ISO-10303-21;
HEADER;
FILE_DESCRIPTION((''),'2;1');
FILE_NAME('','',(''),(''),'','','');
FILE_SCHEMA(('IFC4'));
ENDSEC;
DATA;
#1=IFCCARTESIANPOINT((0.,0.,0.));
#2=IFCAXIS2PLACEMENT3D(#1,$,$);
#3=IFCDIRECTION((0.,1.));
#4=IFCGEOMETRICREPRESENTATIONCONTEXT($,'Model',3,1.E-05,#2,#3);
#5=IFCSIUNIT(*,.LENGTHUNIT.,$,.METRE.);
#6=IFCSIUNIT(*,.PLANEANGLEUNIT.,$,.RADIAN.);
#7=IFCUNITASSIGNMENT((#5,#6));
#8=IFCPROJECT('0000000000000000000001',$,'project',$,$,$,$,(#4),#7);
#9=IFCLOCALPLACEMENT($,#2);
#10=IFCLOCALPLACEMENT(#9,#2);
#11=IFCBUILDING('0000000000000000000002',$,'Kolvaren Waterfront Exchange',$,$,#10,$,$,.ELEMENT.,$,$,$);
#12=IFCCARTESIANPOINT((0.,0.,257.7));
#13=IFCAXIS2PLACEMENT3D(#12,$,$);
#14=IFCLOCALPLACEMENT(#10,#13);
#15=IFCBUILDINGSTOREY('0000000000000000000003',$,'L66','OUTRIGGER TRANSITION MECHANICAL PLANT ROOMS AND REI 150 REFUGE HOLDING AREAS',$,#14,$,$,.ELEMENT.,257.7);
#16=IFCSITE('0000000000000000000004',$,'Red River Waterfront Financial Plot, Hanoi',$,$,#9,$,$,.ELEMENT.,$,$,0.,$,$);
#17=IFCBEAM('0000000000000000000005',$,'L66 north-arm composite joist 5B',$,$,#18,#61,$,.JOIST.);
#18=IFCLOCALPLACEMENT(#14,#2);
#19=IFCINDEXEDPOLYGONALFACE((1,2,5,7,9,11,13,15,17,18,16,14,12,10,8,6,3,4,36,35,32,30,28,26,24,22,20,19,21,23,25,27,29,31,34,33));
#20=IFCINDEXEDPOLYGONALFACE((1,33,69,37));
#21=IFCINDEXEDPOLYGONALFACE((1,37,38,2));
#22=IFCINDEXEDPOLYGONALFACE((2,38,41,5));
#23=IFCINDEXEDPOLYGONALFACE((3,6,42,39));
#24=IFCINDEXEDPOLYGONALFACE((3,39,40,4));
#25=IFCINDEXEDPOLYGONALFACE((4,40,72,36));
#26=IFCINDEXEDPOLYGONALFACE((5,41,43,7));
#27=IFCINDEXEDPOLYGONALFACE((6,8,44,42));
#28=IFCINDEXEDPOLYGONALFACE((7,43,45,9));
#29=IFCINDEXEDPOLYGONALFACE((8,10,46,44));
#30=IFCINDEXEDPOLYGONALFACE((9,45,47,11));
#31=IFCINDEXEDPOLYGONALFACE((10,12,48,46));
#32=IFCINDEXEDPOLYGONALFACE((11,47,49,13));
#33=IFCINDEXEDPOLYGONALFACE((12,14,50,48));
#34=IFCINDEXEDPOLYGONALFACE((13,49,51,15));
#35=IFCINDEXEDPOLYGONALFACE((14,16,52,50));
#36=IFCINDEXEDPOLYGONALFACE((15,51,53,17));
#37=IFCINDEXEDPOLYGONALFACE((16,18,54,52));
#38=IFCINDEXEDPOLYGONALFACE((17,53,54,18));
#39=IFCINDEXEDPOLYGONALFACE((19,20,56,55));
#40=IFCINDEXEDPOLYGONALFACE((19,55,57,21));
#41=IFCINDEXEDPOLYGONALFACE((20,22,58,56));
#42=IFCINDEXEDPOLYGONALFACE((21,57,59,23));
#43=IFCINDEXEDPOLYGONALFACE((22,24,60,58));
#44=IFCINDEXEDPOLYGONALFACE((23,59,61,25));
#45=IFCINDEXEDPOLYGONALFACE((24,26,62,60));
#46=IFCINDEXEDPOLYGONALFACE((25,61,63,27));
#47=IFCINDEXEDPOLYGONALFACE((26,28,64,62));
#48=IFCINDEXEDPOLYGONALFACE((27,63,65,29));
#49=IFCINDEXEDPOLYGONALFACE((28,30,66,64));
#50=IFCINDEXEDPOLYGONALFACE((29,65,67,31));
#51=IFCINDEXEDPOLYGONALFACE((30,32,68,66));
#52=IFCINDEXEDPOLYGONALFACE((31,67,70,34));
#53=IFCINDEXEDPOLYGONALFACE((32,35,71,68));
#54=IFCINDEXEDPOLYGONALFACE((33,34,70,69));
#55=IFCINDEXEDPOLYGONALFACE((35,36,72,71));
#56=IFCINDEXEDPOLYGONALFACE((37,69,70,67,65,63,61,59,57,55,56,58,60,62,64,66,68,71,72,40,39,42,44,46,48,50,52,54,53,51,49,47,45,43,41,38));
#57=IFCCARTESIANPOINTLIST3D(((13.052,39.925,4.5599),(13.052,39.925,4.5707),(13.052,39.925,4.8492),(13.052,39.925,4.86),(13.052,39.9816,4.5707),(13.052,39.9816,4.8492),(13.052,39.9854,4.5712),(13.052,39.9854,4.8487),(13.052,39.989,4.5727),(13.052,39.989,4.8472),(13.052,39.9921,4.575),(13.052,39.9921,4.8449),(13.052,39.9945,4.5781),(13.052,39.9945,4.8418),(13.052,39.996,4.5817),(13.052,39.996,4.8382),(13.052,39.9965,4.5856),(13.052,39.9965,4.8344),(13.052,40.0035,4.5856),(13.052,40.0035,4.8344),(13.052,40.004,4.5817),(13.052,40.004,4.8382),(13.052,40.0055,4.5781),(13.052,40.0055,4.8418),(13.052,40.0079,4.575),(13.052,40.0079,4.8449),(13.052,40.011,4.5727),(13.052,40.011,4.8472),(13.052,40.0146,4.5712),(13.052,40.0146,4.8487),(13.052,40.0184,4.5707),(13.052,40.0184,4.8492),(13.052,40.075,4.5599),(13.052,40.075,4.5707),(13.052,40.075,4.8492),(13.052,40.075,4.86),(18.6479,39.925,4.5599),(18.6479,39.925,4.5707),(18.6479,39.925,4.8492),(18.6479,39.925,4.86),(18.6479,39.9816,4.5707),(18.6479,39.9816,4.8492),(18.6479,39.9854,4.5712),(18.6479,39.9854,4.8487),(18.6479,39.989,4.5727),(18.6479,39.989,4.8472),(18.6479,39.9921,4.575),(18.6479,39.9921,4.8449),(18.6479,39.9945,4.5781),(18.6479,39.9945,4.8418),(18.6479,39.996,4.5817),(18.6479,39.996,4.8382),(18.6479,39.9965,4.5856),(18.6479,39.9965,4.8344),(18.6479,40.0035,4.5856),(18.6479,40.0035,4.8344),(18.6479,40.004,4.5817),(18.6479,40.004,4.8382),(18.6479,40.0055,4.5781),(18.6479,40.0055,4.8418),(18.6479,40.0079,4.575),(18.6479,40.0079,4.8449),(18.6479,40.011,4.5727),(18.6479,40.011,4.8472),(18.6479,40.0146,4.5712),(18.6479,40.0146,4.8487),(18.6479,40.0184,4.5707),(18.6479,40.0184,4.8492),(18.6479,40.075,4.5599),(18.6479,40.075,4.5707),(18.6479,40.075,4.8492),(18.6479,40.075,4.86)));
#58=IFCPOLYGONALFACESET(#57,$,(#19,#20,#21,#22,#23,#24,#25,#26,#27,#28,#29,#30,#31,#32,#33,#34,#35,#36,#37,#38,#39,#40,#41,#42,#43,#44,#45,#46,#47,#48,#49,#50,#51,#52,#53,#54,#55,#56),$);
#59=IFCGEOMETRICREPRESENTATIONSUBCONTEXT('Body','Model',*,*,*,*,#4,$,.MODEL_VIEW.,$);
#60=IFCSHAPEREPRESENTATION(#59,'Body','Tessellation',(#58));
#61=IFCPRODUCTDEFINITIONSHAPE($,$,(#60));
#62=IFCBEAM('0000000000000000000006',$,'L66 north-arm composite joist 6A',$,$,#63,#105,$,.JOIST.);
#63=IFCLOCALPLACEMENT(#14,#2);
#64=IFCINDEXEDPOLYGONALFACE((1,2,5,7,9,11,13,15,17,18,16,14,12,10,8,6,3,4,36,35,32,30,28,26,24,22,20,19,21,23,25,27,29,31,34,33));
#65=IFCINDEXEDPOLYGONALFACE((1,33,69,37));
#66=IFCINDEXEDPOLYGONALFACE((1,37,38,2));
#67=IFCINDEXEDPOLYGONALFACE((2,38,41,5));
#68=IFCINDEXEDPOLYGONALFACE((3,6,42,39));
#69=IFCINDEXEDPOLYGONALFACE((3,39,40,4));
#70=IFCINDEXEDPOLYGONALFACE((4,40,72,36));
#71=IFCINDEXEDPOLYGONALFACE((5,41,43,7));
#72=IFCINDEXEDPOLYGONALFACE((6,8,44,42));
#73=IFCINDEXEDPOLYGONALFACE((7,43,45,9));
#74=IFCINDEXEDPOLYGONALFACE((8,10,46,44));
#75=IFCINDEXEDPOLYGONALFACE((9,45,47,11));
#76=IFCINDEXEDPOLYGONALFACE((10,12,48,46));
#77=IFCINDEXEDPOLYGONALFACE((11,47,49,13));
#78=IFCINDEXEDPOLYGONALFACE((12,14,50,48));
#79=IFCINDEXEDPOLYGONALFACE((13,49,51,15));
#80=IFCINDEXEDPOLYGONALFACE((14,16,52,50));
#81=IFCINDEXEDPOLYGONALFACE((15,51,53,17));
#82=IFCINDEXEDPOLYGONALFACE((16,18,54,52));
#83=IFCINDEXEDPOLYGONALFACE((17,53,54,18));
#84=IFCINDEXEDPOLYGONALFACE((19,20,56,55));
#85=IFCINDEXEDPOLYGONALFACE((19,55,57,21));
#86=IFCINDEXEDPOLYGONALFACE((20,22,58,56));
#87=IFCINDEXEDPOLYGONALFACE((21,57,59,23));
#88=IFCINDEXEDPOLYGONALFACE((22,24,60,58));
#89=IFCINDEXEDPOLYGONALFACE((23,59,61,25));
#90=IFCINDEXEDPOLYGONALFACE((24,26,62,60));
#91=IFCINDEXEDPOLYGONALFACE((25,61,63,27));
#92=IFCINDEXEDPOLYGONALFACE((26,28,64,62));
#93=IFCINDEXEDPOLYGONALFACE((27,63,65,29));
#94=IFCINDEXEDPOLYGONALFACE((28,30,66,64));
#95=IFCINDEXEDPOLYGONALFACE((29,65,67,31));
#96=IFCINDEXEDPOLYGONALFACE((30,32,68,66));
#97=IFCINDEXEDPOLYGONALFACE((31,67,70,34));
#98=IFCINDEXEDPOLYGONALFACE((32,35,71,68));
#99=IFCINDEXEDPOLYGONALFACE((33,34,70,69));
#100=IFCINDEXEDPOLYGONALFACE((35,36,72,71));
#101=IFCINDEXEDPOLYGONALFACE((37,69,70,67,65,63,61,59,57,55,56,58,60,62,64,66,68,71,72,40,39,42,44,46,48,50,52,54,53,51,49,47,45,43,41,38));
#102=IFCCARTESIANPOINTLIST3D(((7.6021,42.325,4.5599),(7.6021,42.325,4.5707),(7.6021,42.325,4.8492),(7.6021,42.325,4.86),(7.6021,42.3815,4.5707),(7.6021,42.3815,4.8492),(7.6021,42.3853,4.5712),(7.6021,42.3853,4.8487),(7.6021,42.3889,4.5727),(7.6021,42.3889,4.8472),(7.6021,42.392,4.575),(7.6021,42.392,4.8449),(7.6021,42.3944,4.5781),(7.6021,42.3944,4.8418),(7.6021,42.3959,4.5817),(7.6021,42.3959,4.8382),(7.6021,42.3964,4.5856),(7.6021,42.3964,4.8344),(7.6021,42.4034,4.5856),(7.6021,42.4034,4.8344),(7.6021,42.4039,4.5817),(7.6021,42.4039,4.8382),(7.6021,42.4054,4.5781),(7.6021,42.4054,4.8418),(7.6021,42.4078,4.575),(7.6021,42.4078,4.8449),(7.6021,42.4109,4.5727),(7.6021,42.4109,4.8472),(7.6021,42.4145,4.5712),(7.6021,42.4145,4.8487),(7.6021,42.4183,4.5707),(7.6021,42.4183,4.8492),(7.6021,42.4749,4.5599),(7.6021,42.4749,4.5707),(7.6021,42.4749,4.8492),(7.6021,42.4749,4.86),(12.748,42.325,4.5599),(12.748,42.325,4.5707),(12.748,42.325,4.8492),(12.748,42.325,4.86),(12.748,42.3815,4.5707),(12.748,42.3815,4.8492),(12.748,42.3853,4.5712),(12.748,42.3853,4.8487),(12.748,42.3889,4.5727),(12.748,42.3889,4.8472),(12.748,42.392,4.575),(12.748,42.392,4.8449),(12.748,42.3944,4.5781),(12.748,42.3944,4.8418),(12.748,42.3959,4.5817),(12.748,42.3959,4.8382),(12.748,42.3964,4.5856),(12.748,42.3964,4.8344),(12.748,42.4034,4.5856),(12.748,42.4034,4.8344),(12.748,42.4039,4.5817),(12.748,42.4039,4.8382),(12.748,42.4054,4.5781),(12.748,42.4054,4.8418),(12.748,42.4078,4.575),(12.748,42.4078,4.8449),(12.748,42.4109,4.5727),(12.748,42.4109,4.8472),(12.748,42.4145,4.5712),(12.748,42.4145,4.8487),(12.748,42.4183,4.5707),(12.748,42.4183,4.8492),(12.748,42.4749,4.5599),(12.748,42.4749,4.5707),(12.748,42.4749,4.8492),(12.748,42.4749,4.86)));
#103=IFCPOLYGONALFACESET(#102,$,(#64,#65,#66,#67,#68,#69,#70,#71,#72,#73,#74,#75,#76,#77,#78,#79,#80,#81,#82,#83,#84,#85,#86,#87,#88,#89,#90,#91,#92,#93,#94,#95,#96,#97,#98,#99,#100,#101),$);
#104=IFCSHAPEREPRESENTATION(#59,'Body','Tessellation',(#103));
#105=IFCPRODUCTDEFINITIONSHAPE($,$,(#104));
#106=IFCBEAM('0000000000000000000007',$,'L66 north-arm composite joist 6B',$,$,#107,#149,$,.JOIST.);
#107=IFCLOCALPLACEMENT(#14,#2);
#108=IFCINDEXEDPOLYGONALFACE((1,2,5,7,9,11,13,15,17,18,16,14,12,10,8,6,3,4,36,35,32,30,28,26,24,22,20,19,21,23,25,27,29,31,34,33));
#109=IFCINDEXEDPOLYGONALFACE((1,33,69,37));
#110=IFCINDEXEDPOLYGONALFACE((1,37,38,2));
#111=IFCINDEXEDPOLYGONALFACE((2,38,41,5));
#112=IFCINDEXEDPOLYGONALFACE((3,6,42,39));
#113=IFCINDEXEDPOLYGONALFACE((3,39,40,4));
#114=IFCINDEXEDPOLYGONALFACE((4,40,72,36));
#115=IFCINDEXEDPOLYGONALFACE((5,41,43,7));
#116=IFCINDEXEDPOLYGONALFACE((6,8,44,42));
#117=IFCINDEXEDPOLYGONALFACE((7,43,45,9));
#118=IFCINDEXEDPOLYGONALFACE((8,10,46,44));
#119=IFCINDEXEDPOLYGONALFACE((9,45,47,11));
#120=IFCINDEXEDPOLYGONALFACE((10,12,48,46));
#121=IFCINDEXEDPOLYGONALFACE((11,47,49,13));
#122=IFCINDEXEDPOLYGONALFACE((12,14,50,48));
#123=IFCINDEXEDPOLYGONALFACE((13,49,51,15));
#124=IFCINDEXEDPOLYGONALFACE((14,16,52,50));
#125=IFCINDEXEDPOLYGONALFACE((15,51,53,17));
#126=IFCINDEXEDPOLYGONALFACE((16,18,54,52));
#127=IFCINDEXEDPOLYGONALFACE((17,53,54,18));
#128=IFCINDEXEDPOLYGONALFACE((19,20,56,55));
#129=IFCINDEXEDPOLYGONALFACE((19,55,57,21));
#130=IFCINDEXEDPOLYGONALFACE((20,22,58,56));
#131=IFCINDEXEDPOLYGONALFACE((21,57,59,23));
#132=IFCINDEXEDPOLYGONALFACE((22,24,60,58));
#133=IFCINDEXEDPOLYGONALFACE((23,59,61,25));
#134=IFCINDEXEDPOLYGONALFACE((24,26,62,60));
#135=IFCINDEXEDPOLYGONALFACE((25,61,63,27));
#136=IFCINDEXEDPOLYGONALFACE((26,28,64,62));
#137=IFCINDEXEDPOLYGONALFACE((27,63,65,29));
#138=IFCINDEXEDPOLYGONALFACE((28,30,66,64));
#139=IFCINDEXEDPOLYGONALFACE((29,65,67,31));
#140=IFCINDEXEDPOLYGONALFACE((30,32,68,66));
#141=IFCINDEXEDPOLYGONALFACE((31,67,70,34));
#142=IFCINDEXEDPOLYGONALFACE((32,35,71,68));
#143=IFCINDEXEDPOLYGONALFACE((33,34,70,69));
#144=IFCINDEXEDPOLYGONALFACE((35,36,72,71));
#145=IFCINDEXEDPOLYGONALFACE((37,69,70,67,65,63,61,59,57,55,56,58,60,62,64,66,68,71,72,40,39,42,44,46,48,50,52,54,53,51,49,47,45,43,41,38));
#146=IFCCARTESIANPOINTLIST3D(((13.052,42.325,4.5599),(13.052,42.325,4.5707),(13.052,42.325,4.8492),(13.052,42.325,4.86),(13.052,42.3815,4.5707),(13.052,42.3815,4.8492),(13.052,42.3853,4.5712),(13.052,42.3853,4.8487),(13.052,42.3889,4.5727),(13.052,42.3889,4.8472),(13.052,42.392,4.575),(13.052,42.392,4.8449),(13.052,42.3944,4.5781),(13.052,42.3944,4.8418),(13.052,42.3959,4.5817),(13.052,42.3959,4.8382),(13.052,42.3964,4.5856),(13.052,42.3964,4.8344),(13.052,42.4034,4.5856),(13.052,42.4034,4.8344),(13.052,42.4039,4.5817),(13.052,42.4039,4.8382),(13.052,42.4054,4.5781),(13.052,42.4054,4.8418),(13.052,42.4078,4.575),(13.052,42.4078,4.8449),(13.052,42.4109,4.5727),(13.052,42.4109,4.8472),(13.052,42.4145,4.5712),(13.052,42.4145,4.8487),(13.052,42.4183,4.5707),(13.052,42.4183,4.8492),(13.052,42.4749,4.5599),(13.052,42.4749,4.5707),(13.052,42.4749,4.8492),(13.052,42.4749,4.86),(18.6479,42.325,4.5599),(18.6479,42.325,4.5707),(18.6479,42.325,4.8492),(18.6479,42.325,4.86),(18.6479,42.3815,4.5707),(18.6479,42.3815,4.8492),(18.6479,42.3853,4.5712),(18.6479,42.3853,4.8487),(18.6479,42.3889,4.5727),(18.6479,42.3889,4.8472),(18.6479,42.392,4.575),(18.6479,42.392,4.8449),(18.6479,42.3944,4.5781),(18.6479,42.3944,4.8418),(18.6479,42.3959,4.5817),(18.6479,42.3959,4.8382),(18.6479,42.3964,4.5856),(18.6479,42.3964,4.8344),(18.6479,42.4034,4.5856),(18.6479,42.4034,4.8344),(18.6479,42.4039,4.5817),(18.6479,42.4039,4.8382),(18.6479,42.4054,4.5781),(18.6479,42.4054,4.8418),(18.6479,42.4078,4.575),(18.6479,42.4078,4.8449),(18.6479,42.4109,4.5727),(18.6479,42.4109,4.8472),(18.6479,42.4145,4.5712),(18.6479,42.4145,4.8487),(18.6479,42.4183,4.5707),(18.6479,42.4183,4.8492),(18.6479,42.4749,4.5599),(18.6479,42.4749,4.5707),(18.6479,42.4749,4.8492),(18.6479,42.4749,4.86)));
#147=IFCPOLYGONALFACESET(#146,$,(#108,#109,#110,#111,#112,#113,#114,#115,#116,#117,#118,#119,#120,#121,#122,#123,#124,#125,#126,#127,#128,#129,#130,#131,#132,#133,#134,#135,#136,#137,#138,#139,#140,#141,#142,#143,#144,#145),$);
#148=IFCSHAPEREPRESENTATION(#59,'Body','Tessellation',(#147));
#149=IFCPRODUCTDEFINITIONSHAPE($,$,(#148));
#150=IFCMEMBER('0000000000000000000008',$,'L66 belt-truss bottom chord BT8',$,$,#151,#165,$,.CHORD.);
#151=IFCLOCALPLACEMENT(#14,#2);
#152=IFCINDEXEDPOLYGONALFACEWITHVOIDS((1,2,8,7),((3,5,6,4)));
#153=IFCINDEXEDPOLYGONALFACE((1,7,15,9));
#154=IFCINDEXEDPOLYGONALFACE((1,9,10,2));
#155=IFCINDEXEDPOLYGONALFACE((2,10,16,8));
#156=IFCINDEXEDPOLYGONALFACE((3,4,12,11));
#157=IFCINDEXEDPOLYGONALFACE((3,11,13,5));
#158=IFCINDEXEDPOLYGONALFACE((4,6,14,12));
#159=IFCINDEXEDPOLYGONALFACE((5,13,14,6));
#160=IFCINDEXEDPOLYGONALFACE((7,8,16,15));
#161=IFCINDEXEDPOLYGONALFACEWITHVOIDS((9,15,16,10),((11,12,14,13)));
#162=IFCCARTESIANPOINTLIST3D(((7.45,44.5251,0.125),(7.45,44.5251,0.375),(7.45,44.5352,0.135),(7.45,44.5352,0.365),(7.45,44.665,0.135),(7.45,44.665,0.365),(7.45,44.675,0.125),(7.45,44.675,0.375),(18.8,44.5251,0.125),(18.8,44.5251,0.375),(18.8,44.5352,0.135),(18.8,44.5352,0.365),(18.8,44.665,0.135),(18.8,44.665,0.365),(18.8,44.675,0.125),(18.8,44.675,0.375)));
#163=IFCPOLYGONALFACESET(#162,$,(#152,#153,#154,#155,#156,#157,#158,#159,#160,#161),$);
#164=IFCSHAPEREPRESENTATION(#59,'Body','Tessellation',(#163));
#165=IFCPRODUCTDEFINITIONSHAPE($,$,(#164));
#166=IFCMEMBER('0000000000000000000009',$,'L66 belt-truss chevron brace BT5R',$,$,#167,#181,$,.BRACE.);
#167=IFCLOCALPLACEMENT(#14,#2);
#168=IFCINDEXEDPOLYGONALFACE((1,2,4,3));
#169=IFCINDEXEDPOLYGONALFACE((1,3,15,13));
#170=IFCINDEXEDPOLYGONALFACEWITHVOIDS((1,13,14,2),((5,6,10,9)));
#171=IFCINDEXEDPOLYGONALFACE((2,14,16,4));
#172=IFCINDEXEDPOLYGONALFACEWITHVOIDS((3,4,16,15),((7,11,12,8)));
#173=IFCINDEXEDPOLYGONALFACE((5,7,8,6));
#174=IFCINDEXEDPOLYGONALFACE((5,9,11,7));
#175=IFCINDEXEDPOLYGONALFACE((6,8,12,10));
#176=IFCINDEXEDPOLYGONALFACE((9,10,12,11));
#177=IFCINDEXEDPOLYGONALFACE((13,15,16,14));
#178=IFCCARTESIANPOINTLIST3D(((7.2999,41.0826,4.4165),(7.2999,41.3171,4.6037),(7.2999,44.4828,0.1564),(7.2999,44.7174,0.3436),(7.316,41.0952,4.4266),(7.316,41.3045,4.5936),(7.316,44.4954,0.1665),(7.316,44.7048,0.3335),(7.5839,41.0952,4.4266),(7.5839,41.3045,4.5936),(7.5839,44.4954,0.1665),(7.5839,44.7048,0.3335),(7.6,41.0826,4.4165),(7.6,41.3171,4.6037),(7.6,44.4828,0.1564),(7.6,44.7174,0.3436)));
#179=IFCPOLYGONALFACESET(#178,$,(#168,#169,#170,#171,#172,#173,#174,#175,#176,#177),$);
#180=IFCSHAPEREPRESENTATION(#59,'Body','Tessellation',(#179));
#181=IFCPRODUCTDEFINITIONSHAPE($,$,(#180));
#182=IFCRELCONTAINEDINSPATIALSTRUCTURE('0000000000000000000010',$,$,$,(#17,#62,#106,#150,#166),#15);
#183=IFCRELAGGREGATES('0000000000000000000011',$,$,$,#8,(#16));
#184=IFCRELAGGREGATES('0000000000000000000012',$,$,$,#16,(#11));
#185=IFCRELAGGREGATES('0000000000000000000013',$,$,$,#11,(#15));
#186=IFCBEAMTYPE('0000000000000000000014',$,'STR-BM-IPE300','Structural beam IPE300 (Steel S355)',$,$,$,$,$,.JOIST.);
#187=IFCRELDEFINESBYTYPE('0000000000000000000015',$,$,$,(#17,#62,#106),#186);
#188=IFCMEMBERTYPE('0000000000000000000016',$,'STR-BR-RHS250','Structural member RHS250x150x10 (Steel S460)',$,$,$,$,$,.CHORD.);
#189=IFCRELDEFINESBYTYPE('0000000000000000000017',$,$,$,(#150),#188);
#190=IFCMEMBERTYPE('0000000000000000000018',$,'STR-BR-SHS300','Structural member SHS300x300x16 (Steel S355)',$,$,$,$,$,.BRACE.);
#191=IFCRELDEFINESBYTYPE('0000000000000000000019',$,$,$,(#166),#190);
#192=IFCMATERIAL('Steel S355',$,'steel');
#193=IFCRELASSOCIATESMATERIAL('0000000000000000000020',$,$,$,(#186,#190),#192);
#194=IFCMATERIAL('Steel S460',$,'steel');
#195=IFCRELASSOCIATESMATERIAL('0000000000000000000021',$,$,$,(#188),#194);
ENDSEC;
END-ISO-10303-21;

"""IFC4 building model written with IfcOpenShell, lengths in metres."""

from ifc_helpers import new_model, si_unit, direction, frame, origin, origin_2d, place, context, subcontext, project, spatial, hollow_rectangle, i_section, extrude, material, material_profile, profile_set, type_object, element, save


model = new_model("IFC4")

# Units and contexts
model_context = context("Model", 3, precision=1e-05, world=origin(), true_north=direction((0.0, 1.0)))
body_context = subcontext(model_context, "Body", "Model", "MODEL_VIEW")
ifc_project = project(units=[si_unit("LENGTHUNIT", "METRE"), si_unit("PLANEANGLEUNIT", "RADIAN")], contexts=[model_context])

# Site, building, storey
site_placement = place(None, origin())
site = spatial("IfcSite", under=ifc_project, at=site_placement, Name="Red River Waterfront Financial Plot, Hanoi", CompositionType="ELEMENT", RefElevation=0.0)
building_placement = place(site_placement, origin())
building = spatial("IfcBuilding", under=site, at=building_placement, Name="Kolvaren Waterfront Exchange", CompositionType="ELEMENT")
storey_placement = place(building_placement, frame((0.0, 0.0, 257.7)))
storey = spatial("IfcBuildingStorey", under=building, at=storey_placement, Name="L66", Description="OUTRIGGER TRANSITION MECHANICAL PLANT ROOMS AND REI 150 REFUGE HOLDING AREAS", CompositionType="ELEMENT", Elevation=257.7)

# Beams
ifc_material_1 = material(Name="Steel S355", Category="steel")
ifc_material_profile_1 = material_profile(ifc_material_1, i_section(OverallWidth=0.1499, OverallDepth=0.3, WebThickness=0.0071, FlangeThickness=0.0107, FilletRadius=0.0149, at=origin_2d()), Name="IPE300")
ifc_profile_set_1 = profile_set([ifc_material_profile_1], Name="Steel S355")
beam_type_1 = type_object("IfcBeamType", Name="STR-BM-IPE300", Description="Structural beam IPE300 (Steel S355)", PredefinedType="JOIST", material=ifc_profile_set_1)
beam_1_placement = place(storey_placement, frame((13.052, 40.0, 4.71), z_axis=(1.0, 0.0, 0.0), x_axis=(0.0, 1.0, 0.0)))
element("IfcBeam", 1, at=beam_1_placement, inside=storey, type_object=beam_type_1, Name="L66 north-arm composite joist 5B", PredefinedType="JOIST", context=body_context, shape_type="SweptSolid", body=[
    extrude(i_section(OverallWidth=0.1499, OverallDepth=0.3, WebThickness=0.0071, FlangeThickness=0.0107, FilletRadius=0.0149, at=origin_2d()), origin(), (0.0, 0.0, 1.0), 5.5959),
])
beam_2_placement = place(storey_placement, frame((7.6021, 42.3999, 4.71), z_axis=(1.0, 0.0, 0.0), x_axis=(0.0, 1.0, 0.0)))
element("IfcBeam", 2, at=beam_2_placement, inside=storey, type_object=beam_type_1, Name="L66 north-arm composite joist 6A", PredefinedType="JOIST", context=body_context, shape_type="SweptSolid", body=[
    extrude(i_section(OverallWidth=0.1499, OverallDepth=0.3, WebThickness=0.0071, FlangeThickness=0.0107, FilletRadius=0.0149, at=origin_2d()), origin(), (0.0, 0.0, 1.0), 5.146),
])
beam_3_placement = place(storey_placement, frame((13.052, 42.3999, 4.71), z_axis=(1.0, 0.0, 0.0), x_axis=(0.0, 1.0, 0.0)))
element("IfcBeam", 3, at=beam_3_placement, inside=storey, type_object=beam_type_1, Name="L66 north-arm composite joist 6B", PredefinedType="JOIST", context=body_context, shape_type="SweptSolid", body=[
    extrude(i_section(OverallWidth=0.1499, OverallDepth=0.3, WebThickness=0.0071, FlangeThickness=0.0107, FilletRadius=0.0149, at=origin_2d()), origin(), (0.0, 0.0, 1.0), 5.5959),
])

# Members
ifc_material_2 = material(Name="Steel S460", Category="steel")
ifc_material_profile_2 = material_profile(ifc_material_2, hollow_rectangle(XDim=0.1499, YDim=0.25, WallThickness=0.01, at=origin_2d()), Name="RHS250x150x10")
ifc_profile_set_2 = profile_set([ifc_material_profile_2], Name="Steel S460")
member_type_1 = type_object("IfcMemberType", Name="STR-BR-RHS250", Description="Structural member RHS250x150x10 (Steel S460)", PredefinedType="CHORD", material=ifc_profile_set_2)
member_1_placement = place(storey_placement, frame((7.45, 44.6001, 0.25), z_axis=(1.0, 0.0, 0.0), x_axis=(0.0, 1.0, 0.0)))
element("IfcMember", 4, at=member_1_placement, inside=storey, type_object=member_type_1, Name="L66 belt-truss bottom chord BT8", PredefinedType="CHORD", context=body_context, shape_type="SweptSolid", body=[
    extrude(hollow_rectangle(XDim=0.1499, YDim=0.25, WallThickness=0.01, at=origin_2d()), origin(), (0.0, 0.0, 1.0), 11.3501),
])
ifc_material_profile_3 = material_profile(ifc_material_1, hollow_rectangle(XDim=0.3, YDim=0.3, WallThickness=0.0161, at=origin_2d()), Name="SHS300x300x16")
ifc_profile_set_3 = profile_set([ifc_material_profile_3], Name="Steel S355")
member_type_2 = type_object("IfcMemberType", Name="STR-BR-SHS300", Description="Structural member SHS300x300x16 (Steel S355)", PredefinedType="BRACE", material=ifc_profile_set_3)
member_2_placement = place(storey_placement, frame((7.45, 44.6001, 0.25), z_axis=(0.0, -0.623815, 0.781572), x_axis=(1.0, 0.0, 0.0)))
element("IfcMember", 5, at=member_2_placement, inside=storey, type_object=member_type_2, Name="L66 belt-truss chevron brace BT5R", PredefinedType="BRACE", context=body_context, shape_type="SweptSolid", body=[
    extrude(hollow_rectangle(XDim=0.3, YDim=0.3, WallThickness=0.0161, at=origin_2d()), origin(), (0.0, 0.0, 1.0), 5.4507),
])

save(model, "model.ifc")
